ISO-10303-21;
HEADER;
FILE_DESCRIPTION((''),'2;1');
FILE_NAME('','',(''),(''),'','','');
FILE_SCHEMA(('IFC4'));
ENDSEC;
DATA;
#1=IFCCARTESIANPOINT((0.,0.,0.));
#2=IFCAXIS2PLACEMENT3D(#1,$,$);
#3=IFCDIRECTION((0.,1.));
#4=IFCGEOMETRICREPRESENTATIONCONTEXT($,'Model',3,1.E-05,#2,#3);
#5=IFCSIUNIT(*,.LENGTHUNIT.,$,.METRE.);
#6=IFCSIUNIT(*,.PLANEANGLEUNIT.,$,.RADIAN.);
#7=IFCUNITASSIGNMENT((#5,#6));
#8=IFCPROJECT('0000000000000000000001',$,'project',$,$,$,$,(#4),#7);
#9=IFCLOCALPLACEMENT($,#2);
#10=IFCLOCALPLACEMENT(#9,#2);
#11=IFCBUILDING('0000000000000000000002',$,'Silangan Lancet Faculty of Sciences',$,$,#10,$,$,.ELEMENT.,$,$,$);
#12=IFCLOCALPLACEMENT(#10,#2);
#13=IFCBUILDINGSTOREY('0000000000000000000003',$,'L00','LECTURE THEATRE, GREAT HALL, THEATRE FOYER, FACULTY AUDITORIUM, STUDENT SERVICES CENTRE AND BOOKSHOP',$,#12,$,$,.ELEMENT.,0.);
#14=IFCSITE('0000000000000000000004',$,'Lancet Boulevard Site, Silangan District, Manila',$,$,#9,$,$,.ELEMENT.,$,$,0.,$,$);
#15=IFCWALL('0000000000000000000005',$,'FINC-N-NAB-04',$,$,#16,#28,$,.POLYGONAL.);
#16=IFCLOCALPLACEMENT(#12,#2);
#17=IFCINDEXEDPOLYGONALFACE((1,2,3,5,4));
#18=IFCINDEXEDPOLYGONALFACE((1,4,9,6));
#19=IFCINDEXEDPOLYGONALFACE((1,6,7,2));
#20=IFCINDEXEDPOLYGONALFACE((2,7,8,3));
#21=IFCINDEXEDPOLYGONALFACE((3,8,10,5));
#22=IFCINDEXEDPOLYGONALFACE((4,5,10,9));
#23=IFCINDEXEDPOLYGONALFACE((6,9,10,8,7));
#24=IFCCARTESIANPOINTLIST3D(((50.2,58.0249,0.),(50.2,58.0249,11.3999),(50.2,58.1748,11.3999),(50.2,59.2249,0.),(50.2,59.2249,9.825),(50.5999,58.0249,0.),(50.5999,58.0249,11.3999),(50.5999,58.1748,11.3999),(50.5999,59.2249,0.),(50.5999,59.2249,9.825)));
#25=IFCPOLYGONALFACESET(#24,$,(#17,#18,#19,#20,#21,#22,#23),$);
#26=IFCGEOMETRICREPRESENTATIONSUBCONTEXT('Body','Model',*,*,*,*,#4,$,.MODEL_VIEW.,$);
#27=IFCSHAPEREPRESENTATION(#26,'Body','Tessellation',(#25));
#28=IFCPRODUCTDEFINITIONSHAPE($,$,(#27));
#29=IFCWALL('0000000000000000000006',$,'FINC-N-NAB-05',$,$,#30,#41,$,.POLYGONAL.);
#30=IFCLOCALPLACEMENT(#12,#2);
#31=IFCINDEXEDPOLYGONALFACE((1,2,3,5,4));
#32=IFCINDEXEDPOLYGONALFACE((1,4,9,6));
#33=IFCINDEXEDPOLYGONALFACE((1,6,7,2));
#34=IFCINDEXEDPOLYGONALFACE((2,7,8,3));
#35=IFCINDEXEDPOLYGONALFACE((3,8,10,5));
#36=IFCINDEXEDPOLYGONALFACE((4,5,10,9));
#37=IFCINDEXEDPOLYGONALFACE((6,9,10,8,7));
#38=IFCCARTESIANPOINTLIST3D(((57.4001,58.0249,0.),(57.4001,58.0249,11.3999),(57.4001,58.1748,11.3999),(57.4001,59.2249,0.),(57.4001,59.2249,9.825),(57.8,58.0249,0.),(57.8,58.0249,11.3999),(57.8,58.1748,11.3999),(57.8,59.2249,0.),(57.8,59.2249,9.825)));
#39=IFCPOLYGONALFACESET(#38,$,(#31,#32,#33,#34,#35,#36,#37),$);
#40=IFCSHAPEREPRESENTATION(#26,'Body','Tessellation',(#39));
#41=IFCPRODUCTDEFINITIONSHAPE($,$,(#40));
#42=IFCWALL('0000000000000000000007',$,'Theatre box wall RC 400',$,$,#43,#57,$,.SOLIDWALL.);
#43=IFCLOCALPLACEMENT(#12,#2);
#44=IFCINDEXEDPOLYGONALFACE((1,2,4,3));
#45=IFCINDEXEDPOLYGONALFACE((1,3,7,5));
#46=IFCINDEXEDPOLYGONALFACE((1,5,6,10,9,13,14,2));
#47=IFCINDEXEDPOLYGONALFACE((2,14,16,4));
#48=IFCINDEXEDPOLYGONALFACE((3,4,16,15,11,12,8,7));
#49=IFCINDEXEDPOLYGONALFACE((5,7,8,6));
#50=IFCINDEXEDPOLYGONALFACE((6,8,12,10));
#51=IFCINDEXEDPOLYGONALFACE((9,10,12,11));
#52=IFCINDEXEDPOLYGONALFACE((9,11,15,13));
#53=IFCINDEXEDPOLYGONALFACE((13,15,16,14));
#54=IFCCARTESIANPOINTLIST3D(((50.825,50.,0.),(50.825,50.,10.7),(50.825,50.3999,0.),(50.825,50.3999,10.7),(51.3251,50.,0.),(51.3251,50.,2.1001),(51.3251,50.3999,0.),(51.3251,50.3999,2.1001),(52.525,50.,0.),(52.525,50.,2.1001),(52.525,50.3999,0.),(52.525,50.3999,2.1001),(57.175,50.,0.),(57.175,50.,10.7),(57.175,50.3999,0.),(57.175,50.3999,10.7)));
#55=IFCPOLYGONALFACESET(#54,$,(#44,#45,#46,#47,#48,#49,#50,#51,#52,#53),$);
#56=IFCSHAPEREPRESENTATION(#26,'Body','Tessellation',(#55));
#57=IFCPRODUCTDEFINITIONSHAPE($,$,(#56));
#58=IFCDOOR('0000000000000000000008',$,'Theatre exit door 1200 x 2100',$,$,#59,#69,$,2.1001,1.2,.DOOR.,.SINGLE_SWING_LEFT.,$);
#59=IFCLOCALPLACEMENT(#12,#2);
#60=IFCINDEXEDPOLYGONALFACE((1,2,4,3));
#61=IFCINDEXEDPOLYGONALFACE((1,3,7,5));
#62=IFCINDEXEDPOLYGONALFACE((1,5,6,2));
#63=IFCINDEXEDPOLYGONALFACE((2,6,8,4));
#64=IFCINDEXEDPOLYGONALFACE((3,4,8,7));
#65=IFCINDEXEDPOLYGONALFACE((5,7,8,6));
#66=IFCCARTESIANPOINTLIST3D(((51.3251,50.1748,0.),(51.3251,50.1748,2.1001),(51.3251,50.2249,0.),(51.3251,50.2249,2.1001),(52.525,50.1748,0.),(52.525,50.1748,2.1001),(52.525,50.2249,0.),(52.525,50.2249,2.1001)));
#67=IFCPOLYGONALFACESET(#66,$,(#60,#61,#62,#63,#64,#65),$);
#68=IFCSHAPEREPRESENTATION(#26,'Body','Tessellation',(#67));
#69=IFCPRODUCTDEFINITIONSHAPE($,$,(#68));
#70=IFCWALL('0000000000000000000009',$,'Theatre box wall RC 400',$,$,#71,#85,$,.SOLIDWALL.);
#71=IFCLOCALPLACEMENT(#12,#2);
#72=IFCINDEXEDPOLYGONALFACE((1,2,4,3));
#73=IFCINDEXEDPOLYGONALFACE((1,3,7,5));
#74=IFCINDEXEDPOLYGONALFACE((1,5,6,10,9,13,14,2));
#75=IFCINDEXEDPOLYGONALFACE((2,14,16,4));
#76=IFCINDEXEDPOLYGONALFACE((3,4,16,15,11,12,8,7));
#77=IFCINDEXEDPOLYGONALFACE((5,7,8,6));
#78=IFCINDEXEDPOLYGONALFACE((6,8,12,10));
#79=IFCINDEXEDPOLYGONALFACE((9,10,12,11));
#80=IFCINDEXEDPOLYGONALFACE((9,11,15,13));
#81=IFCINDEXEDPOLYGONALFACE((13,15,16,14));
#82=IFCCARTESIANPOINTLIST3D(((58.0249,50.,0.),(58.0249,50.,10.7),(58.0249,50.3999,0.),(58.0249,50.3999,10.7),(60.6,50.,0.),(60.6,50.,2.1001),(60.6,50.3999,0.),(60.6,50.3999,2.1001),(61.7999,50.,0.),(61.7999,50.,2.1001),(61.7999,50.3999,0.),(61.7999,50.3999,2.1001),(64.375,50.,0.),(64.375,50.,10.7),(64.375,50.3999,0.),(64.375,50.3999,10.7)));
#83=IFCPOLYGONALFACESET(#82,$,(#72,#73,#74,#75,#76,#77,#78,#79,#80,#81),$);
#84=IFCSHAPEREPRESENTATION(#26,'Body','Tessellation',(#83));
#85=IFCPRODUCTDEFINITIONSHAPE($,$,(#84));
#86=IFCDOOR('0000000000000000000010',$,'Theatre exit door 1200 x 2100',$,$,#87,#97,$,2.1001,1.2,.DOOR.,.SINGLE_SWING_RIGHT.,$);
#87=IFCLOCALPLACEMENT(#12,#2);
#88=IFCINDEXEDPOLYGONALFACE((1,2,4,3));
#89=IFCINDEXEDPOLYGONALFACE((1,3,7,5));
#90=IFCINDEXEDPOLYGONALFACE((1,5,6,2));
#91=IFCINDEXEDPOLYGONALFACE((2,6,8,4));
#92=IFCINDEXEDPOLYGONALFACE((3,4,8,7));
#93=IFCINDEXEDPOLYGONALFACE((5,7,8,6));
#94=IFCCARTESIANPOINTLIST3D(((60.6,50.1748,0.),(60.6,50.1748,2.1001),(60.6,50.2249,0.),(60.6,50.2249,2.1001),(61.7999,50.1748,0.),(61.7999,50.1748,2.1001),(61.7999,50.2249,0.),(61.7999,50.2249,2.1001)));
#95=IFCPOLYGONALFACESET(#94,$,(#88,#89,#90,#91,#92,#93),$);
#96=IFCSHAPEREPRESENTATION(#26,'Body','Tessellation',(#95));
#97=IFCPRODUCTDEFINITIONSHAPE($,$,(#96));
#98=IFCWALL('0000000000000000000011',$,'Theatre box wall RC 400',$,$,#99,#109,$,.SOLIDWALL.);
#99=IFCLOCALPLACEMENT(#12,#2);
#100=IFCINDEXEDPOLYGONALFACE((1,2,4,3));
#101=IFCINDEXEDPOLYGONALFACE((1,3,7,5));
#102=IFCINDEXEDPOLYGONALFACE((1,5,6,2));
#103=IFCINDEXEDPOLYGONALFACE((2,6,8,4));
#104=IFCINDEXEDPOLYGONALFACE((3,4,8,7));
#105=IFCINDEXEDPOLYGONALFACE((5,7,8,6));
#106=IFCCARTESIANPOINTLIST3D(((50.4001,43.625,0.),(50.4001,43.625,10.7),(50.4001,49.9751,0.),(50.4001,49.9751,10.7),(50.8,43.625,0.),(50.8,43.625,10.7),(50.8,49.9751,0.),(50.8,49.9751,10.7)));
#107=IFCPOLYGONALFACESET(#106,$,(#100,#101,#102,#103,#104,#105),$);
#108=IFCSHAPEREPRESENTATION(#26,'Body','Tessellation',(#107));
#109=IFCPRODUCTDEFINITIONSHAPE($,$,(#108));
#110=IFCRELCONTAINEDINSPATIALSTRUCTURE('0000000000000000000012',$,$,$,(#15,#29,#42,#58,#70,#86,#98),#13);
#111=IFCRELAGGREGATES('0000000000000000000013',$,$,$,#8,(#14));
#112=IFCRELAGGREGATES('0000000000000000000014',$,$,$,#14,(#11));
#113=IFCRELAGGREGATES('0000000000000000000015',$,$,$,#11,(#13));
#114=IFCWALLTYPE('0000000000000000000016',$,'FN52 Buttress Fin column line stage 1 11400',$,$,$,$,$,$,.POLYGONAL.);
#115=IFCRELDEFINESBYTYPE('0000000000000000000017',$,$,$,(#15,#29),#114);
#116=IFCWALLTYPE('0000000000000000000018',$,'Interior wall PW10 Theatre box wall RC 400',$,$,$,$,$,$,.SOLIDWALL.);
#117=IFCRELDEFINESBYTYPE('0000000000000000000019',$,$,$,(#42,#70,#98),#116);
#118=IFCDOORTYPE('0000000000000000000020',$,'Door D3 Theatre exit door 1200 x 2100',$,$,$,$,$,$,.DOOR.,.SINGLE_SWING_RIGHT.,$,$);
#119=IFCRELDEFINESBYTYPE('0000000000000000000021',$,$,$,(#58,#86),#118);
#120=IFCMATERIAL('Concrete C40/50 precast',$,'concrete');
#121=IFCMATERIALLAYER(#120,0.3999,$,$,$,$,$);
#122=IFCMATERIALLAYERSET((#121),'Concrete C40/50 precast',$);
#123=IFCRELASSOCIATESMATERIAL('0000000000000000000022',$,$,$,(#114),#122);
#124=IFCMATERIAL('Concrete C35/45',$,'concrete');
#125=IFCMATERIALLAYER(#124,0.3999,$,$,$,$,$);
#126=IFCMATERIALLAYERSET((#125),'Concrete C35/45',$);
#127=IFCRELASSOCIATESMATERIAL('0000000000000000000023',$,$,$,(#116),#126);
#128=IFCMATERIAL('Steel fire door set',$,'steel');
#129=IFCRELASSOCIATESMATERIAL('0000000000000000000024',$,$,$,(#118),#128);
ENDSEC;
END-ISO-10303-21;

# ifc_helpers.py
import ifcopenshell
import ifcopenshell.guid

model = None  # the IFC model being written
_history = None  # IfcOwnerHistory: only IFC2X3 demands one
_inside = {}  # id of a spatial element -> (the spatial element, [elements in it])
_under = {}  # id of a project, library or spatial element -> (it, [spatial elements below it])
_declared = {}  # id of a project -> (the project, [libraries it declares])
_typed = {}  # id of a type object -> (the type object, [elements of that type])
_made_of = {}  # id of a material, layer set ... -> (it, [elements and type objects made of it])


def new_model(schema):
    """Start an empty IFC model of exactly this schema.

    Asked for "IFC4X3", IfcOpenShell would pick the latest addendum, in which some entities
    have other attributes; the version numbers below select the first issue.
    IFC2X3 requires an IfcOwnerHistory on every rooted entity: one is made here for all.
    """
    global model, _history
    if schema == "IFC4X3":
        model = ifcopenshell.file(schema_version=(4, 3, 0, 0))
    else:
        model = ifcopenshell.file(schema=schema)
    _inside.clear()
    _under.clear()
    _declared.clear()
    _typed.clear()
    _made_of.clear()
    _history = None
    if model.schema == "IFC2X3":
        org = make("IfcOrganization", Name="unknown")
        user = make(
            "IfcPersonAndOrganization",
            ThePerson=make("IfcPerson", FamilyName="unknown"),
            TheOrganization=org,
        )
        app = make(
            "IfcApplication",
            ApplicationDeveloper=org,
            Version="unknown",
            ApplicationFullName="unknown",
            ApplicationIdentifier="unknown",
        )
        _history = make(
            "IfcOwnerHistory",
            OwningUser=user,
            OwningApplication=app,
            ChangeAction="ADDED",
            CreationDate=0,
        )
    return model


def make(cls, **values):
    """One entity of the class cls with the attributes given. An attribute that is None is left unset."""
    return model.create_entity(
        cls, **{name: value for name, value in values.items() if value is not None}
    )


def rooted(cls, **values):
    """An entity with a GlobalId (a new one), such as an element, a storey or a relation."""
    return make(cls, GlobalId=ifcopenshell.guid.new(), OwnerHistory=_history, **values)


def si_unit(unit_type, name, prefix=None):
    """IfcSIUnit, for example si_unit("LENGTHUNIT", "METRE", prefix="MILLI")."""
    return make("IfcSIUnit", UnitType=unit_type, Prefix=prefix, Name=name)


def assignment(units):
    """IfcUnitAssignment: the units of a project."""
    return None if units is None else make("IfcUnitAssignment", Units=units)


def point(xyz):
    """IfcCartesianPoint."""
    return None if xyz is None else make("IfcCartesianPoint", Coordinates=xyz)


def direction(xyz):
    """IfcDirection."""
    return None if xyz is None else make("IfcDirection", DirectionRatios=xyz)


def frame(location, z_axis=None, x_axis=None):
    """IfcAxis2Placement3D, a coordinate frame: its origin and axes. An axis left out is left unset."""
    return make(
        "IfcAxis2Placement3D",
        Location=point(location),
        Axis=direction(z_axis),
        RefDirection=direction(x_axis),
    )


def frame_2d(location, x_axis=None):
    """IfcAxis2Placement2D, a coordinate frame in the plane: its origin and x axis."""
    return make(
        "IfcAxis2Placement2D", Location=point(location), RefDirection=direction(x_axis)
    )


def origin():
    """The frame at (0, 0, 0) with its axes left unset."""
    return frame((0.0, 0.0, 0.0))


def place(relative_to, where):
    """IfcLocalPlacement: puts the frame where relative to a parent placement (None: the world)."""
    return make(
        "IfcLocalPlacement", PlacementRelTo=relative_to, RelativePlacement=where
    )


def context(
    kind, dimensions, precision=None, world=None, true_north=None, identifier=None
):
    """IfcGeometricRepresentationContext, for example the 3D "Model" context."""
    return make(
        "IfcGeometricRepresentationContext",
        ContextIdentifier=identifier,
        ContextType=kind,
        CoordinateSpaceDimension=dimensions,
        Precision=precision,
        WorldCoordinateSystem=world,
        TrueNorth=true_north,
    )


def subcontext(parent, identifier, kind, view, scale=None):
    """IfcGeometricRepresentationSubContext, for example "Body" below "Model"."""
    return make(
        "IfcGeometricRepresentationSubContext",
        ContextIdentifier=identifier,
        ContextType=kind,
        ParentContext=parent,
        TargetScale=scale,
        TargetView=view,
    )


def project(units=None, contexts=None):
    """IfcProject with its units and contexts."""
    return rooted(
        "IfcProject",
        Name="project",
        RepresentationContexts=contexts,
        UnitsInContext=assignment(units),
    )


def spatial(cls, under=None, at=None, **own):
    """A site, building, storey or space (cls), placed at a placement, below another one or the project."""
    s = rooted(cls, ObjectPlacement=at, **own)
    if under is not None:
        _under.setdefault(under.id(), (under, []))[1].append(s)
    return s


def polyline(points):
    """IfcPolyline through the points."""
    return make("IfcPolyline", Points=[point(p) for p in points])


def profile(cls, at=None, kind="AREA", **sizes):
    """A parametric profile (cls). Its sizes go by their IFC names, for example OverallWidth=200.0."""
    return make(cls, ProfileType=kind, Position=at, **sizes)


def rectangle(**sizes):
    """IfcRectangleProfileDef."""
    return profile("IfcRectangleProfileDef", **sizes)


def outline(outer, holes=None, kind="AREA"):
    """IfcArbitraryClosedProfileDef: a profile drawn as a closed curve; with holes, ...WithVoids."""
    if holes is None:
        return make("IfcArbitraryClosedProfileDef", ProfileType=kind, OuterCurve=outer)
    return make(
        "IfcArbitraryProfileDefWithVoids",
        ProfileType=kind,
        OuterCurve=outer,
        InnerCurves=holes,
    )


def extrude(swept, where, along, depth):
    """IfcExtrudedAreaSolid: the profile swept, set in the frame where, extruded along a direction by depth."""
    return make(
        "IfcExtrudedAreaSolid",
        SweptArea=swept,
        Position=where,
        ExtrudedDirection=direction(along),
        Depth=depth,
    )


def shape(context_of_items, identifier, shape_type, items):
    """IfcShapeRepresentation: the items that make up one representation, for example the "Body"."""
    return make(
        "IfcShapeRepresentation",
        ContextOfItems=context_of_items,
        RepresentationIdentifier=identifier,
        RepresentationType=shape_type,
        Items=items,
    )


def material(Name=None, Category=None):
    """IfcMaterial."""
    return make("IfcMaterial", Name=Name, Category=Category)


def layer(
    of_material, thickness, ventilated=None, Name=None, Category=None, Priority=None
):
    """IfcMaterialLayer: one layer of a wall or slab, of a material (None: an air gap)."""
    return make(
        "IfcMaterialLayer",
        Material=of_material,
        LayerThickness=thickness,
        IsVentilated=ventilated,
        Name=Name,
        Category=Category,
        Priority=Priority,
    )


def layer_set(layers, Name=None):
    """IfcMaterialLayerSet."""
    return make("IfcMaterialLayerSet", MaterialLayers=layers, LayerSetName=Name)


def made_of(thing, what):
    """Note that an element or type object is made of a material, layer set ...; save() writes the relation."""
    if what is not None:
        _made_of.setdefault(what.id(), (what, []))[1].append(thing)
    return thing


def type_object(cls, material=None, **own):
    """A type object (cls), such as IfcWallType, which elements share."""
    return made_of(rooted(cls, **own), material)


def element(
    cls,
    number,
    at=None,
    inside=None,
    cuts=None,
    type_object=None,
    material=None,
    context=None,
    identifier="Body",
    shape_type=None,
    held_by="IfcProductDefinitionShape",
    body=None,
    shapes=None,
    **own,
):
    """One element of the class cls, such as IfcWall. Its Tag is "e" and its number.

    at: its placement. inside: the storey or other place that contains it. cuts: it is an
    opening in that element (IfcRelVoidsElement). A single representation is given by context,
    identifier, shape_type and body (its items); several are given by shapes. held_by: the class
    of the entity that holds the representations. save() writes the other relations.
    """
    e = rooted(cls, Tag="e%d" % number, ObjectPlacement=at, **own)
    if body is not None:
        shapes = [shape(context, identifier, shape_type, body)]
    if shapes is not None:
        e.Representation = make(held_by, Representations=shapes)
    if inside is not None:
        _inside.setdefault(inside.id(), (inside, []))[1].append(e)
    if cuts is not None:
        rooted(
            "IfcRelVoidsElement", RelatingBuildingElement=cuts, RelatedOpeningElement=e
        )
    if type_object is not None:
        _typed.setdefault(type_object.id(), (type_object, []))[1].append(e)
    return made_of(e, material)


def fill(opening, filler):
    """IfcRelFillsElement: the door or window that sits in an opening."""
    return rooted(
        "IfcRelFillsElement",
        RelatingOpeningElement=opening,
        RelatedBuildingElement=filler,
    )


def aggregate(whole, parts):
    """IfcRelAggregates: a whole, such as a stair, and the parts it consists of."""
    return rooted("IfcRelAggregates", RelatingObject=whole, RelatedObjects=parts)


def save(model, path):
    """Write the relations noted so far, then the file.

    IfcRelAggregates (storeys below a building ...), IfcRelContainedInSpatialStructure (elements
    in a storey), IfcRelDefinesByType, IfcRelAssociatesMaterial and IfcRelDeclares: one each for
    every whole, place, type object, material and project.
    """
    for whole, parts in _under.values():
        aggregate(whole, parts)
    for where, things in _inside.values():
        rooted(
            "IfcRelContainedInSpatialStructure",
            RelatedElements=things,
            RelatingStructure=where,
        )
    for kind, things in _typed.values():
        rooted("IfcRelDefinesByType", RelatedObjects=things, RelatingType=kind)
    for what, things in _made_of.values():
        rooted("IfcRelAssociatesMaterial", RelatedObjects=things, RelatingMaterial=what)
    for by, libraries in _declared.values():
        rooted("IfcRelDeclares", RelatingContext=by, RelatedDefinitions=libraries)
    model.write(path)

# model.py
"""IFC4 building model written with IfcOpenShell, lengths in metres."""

from ifc_helpers import new_model, si_unit, direction, frame, frame_2d, origin, place, context, subcontext, project, spatial, polyline, rectangle, outline, extrude, material, layer, layer_set, type_object, element, fill, save


model = new_model("IFC4")

# Units and contexts
model_context = context("Model", 3, precision=1e-05, world=origin(), true_north=direction((0.0, 1.0)))
body_context = subcontext(model_context, "Body", "Model", "MODEL_VIEW")
ifc_project = project(units=[si_unit("LENGTHUNIT", "METRE"), si_unit("PLANEANGLEUNIT", "RADIAN")], contexts=[model_context])

# Site, building, storey
site_placement = place(None, origin())
site = spatial("IfcSite", under=ifc_project, at=site_placement, Name="Lancet Boulevard Site, Silangan District, Manila", CompositionType="ELEMENT", RefElevation=0.0)
building_placement = place(site_placement, origin())
building = spatial("IfcBuilding", under=site, at=building_placement, Name="Silangan Lancet Faculty of Sciences", CompositionType="ELEMENT")
storey_placement = place(building_placement, origin())
storey = spatial("IfcBuildingStorey", under=building, at=storey_placement, Name="L00", Description="LECTURE THEATRE, GREAT HALL, THEATRE FOYER, FACULTY AUDITORIUM, STUDENT SERVICES CENTRE AND BOOKSHOP", CompositionType="ELEMENT", Elevation=0.0)

# Walls
ifc_material_1 = material(Name="Concrete C40/50 precast", Category="concrete")
ifc_layer_1 = layer(ifc_material_1, 0.3999)
ifc_layer_set_1 = layer_set([ifc_layer_1], Name="Concrete C40/50 precast")
wall_type_1 = type_object("IfcWallType", Name="FN52 Buttress Fin column line stage 1 11400", PredefinedType="POLYGONAL", material=ifc_layer_set_1)
for number, where, z_axis, x_axis, name in (
    (1, (50.3999, 58.0249, 0.0), (0.0, 0.0, 1.0), (0.0, 1.0, 0.0), "FINC-N-NAB-04"),
    (2, (57.6001, 58.0249, 0.0), (0.0, 0.0, 1.0), (0.0, 1.0, 0.0), "FINC-N-NAB-05"),
):
    element("IfcWall", number, at=place(storey_placement, frame(where, z_axis=z_axis, x_axis=x_axis)), inside=storey, type_object=wall_type_1, Name=name, PredefinedType="POLYGONAL", context=body_context, shape_type="SweptSolid", body=[
        extrude(outline(polyline([(1.2, 0.0), (1.2, 9.825), (0.1499, 11.3999), (0.0, 11.3999), (0.0, 0.0), (1.2, 0.0)])), frame((0.0, 0.2, 0.0), z_axis=(0.0, -1.0, 0.0), x_axis=(1.0, 0.0, 0.0)), (0.0, 0.0, 1.0), 0.3999),
    ])

# Walls, openings, doors
ifc_material_2 = material(Name="Concrete C35/45", Category="concrete")
ifc_layer_2 = layer(ifc_material_2, 0.3999)
ifc_layer_set_2 = layer_set([ifc_layer_2], Name="Concrete C35/45")
wall_type_2 = type_object("IfcWallType", Name="Interior wall PW10 Theatre box wall RC 400", PredefinedType="SOLIDWALL", material=ifc_layer_set_2)
wall_1_placement = place(storey_placement, frame((50.825, 50.2, 0.0), z_axis=(0.0, 0.0, 1.0), x_axis=(1.0, 0.0, 0.0)))
wall_1 = element("IfcWall", 3, at=wall_1_placement, inside=storey, type_object=wall_type_2, Name="Theatre box wall RC 400", PredefinedType="SOLIDWALL", context=body_context, shape_type="SweptSolid", body=[
    extrude(rectangle(XDim=6.3501, YDim=0.3999, at=frame_2d((3.175, 0.0))), origin(), (0.0, 0.0, 1.0), 10.7),
])
opening_1_placement = place(wall_1_placement, frame((0.5, 0.0, 0.0)))
opening_1 = element("IfcOpeningElement", 4, at=opening_1_placement, cuts=wall_1, PredefinedType="OPENING", context=body_context, shape_type="SweptSolid", body=[
    extrude(rectangle(XDim=1.2, YDim=2.1001, at=frame_2d((0.6001, 1.05))), frame((0.0, 0.21, 0.0), z_axis=(0.0, -1.0, 0.0), x_axis=(1.0, 0.0, 0.0)), (0.0, 0.0, 1.0), 0.4199),
])
ifc_material_3 = material(Name="Steel fire door set", Category="steel")
door_type = type_object("IfcDoorType", Name="Door D3 Theatre exit door 1200 x 2100", OperationType="SINGLE_SWING_RIGHT", PredefinedType="DOOR", material=ifc_material_3)
door_1_placement = place(opening_1_placement, origin())
door_1 = element("IfcDoor", 5, at=door_1_placement, inside=storey, type_object=door_type, Name="Theatre exit door 1200 x 2100", OperationType="SINGLE_SWING_LEFT", OverallHeight=2.1001, OverallWidth=1.2, PredefinedType="DOOR", context=body_context, shape_type="SweptSolid", body=[
    extrude(rectangle(XDim=1.2, YDim=2.1001, at=frame_2d((0.6001, 1.05))), frame((0.0, 0.0249, 0.0), z_axis=(0.0, -1.0, 0.0), x_axis=(1.0, 0.0, 0.0)), (0.0, 0.0, 1.0), 0.05),
])
fill(opening_1, door_1)
wall_2_placement = place(storey_placement, frame((58.0249, 50.2, 0.0), z_axis=(0.0, 0.0, 1.0), x_axis=(1.0, 0.0, 0.0)))
wall_2 = element("IfcWall", 6, at=wall_2_placement, inside=storey, type_object=wall_type_2, Name="Theatre box wall RC 400", PredefinedType="SOLIDWALL", context=body_context, shape_type="SweptSolid", body=[
    extrude(rectangle(XDim=6.3501, YDim=0.3999, at=frame_2d((3.175, 0.0))), origin(), (0.0, 0.0, 1.0), 10.7),
])
opening_2_placement = place(wall_2_placement, frame((2.575, 0.0, 0.0)))
opening_2 = element("IfcOpeningElement", 7, at=opening_2_placement, cuts=wall_2, PredefinedType="OPENING", context=body_context, shape_type="SweptSolid", body=[
    extrude(rectangle(XDim=1.2, YDim=2.1001, at=frame_2d((0.6001, 1.05))), frame((0.0, 0.21, 0.0), z_axis=(0.0, -1.0, 0.0), x_axis=(1.0, 0.0, 0.0)), (0.0, 0.0, 1.0), 0.4199),
])
door_2_placement = place(opening_2_placement, origin())
door_2 = element("IfcDoor", 8, at=door_2_placement, inside=storey, type_object=door_type, Name="Theatre exit door 1200 x 2100", OperationType="SINGLE_SWING_RIGHT", OverallHeight=2.1001, OverallWidth=1.2, PredefinedType="DOOR", context=body_context, shape_type="SweptSolid", body=[
    extrude(rectangle(XDim=1.2, YDim=2.1001, at=frame_2d((0.6001, 1.05))), frame((0.0, 0.0249, 0.0), z_axis=(0.0, -1.0, 0.0), x_axis=(1.0, 0.0, 0.0)), (0.0, 0.0, 1.0), 0.05),
])
fill(opening_2, door_2)

# Wall
wall_3_placement = place(storey_placement, frame((50.6001, 43.625, 0.0), z_axis=(0.0, 0.0, 1.0), x_axis=(0.0, 1.0, 0.0)))
element("IfcWall", 9, at=wall_3_placement, inside=storey, type_object=wall_type_2, Name="Theatre box wall RC 400", PredefinedType="SOLIDWALL", context=body_context, shape_type="SweptSolid", body=[
    extrude(rectangle(XDim=6.3501, YDim=0.3999, at=frame_2d((3.175, 0.0))), origin(), (0.0, 0.0, 1.0), 10.7),
])

save(model, "model.ifc")
